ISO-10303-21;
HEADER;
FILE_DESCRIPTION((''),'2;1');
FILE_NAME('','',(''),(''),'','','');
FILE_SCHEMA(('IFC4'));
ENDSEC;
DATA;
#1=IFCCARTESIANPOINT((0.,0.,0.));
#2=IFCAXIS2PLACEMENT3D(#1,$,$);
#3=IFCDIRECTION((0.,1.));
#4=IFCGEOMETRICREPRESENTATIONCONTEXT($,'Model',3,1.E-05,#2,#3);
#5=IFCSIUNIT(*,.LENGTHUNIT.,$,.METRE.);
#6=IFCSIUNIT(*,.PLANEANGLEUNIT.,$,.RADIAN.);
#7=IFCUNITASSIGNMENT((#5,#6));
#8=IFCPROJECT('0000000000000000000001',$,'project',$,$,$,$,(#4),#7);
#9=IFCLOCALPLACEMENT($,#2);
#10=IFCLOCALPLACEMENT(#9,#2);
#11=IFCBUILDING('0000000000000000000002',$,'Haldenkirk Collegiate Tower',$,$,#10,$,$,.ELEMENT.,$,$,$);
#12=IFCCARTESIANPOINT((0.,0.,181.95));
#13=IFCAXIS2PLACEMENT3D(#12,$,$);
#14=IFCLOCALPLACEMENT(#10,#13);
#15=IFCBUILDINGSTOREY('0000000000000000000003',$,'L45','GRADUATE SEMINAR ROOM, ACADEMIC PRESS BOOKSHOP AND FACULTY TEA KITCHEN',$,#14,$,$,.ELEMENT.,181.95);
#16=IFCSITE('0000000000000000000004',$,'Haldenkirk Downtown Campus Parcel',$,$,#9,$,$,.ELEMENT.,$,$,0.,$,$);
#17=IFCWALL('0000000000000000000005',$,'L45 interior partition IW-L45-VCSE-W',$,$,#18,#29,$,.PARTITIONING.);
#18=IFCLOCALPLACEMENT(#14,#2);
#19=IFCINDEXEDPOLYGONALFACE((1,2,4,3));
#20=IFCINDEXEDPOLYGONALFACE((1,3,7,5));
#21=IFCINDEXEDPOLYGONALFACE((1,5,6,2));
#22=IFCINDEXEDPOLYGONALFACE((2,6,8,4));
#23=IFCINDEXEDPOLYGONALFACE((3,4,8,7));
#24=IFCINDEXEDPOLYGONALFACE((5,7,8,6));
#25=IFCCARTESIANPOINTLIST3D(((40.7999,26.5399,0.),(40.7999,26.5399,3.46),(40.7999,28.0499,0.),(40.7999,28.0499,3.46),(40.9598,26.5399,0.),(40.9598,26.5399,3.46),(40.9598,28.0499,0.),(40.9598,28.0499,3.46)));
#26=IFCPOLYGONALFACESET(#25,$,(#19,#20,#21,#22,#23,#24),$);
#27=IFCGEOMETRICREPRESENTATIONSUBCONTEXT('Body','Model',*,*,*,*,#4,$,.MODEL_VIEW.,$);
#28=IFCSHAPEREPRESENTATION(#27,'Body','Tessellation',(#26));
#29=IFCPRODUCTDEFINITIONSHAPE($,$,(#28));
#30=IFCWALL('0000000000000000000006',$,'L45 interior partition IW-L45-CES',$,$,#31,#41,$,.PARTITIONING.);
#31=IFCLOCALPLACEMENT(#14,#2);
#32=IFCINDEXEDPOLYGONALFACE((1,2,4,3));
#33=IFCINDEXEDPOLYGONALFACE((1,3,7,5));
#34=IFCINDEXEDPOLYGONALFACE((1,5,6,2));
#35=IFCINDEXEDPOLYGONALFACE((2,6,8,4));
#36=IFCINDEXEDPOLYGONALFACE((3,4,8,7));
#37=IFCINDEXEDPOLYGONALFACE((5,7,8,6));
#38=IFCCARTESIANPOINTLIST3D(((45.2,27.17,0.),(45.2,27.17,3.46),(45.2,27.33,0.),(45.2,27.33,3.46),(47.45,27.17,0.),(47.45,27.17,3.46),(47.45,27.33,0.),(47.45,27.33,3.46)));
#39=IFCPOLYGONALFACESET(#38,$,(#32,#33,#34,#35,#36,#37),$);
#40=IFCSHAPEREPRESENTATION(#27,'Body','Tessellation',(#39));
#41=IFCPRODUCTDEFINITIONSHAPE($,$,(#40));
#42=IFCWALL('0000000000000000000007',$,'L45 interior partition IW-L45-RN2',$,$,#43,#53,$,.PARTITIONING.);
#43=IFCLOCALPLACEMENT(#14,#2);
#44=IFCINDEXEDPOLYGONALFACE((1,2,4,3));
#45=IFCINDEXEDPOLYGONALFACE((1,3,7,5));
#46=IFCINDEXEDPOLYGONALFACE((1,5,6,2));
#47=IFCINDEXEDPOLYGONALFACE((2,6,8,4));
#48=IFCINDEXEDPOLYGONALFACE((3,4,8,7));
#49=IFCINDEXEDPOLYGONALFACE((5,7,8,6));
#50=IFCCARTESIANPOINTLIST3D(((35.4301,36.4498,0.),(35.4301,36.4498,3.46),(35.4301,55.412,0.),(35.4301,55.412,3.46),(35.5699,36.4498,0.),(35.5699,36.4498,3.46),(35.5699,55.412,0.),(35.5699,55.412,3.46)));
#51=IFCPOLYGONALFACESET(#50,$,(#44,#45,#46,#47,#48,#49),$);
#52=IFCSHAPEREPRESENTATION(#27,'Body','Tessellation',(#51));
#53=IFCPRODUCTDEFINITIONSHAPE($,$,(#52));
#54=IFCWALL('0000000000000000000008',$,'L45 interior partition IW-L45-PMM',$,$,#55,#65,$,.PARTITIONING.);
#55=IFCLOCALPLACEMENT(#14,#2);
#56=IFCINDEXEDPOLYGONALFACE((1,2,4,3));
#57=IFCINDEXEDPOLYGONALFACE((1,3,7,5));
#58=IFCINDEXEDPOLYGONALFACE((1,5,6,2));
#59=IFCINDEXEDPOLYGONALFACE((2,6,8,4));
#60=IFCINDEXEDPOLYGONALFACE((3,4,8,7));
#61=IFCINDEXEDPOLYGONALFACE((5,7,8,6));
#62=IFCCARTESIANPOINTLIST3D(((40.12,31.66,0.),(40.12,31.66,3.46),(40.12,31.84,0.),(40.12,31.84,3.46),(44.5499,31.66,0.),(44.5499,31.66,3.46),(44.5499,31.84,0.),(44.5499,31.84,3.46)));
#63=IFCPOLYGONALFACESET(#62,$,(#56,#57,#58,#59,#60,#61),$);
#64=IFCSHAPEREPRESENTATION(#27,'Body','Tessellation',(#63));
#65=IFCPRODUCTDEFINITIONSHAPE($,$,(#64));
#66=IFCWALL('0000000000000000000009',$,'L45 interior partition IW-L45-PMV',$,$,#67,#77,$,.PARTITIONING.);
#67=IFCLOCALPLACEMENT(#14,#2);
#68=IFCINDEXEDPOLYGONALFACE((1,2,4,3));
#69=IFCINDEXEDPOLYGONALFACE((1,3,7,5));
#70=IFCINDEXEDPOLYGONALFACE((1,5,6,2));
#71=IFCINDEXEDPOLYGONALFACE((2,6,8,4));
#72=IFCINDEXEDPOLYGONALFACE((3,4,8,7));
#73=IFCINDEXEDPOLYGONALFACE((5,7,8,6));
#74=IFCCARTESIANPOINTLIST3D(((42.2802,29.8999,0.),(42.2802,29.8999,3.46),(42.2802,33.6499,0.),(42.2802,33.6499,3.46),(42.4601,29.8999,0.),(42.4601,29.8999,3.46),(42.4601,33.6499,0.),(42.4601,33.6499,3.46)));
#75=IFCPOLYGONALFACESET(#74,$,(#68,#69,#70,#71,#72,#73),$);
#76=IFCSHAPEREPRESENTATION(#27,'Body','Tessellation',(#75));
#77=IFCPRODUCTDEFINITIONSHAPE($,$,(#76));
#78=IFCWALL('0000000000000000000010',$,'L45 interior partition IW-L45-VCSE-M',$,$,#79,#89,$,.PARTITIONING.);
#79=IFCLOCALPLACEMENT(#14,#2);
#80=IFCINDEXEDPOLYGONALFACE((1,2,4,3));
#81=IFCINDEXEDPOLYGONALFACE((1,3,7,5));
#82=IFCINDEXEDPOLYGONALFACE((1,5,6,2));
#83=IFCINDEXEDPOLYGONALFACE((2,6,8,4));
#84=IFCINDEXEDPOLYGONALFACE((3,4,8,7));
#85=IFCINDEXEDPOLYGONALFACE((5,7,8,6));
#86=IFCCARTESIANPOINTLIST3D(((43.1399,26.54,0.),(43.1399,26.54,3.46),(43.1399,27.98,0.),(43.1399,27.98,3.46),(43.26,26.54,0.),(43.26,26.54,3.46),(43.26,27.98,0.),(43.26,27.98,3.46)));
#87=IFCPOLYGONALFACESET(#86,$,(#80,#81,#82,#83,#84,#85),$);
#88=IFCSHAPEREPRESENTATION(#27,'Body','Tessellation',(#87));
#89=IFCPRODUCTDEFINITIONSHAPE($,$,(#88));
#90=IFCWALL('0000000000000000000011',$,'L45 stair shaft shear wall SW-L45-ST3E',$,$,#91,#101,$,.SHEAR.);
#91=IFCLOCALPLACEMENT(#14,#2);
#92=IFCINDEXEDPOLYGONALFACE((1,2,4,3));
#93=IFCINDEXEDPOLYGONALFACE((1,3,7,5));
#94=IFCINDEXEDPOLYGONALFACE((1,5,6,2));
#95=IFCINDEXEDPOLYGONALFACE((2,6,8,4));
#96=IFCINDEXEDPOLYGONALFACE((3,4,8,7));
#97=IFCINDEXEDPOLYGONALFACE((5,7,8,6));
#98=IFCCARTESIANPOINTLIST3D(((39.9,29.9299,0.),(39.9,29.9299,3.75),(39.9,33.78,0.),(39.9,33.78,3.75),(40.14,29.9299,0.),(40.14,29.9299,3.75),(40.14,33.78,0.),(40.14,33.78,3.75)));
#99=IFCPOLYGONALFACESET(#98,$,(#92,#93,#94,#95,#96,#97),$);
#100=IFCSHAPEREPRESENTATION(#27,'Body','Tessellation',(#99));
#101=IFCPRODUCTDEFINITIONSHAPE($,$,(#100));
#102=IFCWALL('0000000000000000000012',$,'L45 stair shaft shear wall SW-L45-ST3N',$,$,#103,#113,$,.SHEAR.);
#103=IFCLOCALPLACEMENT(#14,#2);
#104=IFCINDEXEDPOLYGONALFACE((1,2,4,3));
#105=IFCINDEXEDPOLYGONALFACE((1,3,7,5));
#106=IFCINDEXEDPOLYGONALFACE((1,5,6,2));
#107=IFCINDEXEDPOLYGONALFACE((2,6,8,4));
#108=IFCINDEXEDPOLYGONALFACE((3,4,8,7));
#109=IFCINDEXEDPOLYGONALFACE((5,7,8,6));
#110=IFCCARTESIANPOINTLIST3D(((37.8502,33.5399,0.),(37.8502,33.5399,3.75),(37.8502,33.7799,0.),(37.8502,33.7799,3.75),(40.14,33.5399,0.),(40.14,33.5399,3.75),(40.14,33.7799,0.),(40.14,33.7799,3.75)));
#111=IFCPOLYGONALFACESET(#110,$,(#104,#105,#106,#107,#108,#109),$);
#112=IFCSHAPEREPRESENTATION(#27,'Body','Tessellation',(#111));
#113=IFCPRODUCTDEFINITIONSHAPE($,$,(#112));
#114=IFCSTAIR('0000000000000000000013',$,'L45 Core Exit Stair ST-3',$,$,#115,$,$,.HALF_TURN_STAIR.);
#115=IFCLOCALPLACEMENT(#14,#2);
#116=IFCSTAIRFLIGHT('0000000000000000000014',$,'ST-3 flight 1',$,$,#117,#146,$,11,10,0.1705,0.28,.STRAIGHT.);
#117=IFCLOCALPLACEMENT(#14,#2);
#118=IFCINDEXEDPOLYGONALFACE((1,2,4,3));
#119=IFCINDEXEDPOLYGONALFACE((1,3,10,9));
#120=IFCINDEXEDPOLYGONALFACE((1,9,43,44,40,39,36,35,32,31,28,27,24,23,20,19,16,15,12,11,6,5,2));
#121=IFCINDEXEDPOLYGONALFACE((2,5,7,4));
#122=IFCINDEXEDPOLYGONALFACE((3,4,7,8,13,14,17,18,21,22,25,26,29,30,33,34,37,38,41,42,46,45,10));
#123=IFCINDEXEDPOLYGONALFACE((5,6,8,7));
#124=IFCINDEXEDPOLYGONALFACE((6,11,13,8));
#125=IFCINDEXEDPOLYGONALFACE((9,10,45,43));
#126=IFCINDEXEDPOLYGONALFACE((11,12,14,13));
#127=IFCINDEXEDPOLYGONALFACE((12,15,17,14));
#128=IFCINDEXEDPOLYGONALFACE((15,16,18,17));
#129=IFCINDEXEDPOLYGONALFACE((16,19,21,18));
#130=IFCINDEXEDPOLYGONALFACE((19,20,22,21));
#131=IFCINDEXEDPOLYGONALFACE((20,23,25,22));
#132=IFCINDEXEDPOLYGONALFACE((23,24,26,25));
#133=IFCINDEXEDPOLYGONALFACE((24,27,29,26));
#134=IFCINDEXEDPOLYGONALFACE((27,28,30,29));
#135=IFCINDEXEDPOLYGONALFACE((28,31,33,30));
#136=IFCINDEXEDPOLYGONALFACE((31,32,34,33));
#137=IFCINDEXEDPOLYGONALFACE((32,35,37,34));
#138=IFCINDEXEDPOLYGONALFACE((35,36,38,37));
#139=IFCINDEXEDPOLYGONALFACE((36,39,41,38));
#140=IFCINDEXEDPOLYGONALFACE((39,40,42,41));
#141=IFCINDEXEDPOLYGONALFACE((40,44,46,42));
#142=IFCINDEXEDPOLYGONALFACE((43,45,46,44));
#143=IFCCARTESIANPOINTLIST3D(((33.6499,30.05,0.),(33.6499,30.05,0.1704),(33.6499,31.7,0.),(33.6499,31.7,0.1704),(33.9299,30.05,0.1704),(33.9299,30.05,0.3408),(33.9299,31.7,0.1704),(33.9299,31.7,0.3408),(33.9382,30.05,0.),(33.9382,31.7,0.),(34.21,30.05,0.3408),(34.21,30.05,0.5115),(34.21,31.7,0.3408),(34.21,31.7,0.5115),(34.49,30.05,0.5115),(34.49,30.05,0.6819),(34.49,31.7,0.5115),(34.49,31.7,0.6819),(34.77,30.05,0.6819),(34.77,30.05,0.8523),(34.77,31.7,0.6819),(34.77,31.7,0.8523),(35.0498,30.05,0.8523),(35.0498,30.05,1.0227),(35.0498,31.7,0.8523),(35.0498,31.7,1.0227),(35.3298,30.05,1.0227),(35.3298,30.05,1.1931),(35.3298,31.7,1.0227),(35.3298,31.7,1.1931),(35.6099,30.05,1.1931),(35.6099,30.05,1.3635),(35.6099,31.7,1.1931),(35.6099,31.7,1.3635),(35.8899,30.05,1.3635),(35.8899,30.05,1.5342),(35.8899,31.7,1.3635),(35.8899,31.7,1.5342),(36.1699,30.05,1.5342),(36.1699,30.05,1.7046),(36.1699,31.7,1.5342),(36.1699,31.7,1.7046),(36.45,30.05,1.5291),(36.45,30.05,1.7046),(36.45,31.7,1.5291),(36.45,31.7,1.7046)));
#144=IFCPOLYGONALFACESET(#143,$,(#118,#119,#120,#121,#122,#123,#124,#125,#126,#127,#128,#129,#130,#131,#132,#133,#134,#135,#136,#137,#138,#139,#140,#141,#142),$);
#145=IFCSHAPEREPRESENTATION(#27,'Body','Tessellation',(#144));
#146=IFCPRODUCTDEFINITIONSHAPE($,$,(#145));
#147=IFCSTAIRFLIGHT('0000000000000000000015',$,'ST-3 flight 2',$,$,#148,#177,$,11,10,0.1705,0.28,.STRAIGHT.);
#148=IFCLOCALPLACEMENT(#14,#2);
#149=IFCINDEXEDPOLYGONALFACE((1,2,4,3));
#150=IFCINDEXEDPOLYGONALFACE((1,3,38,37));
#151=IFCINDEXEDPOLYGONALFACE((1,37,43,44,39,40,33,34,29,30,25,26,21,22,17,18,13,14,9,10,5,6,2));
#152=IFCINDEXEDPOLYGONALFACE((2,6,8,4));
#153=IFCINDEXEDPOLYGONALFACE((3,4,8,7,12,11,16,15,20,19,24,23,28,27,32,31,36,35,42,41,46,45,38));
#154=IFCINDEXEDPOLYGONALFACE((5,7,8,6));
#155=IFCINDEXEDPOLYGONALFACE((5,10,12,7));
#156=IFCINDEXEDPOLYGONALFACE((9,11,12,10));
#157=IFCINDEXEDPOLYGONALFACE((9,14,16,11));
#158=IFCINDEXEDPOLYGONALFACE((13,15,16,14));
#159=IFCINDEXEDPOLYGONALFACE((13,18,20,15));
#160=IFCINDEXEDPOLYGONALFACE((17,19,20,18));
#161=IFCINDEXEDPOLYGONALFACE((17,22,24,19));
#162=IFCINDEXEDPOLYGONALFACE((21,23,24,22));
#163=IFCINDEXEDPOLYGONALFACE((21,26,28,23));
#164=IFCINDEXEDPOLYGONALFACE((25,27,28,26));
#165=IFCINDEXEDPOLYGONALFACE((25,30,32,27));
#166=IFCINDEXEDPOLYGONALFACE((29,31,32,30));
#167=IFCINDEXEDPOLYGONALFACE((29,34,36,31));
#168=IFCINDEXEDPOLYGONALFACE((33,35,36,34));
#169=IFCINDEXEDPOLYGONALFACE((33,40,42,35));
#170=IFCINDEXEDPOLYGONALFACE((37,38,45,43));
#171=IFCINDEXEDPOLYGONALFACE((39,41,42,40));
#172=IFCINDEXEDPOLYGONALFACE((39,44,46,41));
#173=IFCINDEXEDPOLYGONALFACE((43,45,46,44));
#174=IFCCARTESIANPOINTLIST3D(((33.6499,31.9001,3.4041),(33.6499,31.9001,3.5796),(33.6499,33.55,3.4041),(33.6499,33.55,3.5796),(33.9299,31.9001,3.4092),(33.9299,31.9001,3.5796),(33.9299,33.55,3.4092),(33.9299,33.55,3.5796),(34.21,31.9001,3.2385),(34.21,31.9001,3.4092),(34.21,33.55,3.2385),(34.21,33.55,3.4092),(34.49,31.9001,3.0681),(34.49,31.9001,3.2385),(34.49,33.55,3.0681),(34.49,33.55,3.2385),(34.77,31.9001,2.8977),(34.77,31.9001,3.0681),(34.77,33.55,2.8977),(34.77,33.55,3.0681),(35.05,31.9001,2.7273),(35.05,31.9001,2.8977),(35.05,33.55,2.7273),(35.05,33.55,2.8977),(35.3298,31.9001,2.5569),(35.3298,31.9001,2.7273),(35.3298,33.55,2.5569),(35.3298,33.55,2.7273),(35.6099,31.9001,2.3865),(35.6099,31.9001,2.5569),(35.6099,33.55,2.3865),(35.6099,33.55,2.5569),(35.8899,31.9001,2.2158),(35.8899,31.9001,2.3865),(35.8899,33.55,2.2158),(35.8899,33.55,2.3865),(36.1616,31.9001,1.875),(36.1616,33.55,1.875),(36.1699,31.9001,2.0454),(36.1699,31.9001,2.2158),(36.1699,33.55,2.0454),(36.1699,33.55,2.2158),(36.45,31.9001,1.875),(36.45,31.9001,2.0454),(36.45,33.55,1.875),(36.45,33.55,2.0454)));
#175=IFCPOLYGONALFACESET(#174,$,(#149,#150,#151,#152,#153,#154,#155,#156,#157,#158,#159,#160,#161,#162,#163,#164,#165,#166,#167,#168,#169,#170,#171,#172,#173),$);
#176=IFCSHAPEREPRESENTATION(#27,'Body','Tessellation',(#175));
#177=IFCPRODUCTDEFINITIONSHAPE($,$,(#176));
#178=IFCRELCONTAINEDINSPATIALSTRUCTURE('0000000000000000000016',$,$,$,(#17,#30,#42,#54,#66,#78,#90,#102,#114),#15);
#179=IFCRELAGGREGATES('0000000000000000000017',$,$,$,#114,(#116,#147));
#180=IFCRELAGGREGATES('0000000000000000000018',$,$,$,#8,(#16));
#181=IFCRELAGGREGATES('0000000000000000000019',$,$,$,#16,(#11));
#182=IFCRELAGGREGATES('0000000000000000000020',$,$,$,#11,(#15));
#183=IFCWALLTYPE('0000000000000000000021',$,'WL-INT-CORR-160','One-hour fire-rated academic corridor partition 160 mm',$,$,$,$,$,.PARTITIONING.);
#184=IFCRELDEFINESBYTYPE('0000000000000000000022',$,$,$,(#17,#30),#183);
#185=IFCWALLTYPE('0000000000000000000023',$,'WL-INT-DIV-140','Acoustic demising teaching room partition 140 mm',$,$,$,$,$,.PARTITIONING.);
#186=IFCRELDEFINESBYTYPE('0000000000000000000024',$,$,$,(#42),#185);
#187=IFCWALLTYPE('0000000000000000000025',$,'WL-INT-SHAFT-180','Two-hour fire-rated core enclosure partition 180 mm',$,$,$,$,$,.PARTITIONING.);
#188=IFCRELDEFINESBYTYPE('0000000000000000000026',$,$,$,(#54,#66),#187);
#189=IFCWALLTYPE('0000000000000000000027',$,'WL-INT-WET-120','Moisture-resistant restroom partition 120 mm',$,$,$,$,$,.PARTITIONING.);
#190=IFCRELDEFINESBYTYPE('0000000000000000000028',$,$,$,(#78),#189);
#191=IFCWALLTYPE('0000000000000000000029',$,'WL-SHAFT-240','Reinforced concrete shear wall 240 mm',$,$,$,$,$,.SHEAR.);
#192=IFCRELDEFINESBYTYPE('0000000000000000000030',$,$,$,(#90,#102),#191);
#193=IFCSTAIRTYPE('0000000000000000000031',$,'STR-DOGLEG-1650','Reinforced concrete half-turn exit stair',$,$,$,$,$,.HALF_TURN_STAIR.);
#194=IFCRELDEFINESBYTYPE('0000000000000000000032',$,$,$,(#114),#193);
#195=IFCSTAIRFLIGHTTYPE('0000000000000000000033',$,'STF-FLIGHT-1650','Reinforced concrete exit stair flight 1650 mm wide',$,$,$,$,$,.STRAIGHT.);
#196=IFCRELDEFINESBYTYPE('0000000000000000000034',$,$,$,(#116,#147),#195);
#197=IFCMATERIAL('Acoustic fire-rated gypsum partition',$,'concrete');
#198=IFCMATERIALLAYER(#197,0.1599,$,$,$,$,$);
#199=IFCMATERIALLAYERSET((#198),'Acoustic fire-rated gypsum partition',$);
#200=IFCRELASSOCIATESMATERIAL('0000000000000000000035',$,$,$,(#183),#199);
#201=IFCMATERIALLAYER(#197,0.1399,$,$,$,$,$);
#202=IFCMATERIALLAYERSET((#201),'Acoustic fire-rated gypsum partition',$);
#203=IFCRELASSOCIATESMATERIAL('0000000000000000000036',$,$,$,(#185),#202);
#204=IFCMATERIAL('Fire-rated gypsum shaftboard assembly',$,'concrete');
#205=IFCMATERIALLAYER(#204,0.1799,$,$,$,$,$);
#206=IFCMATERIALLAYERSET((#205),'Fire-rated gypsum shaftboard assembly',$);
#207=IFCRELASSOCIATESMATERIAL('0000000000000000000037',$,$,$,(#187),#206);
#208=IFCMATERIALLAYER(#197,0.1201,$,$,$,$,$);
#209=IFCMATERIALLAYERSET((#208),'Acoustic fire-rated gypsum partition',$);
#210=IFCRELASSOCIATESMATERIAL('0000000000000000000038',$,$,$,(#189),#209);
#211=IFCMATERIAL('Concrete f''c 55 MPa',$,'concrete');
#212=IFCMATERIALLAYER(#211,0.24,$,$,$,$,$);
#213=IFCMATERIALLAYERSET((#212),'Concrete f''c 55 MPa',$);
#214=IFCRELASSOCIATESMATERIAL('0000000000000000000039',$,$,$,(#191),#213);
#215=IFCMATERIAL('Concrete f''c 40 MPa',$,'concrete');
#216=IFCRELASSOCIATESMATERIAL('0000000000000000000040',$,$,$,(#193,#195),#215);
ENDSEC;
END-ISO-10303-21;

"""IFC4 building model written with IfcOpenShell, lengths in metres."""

from ifc_helpers import new_model, si_unit, direction, frame, frame_2d, origin, place, context, subcontext, project, spatial, polyline, rectangle, outline, extrude, material, layer, layer_set, type_object, element, aggregate, save


model = new_model("IFC4")

# Units and contexts
model_context = context("Model", 3, precision=1e-05, world=origin(), true_north=direction((0.0, 1.0)))
body_context = subcontext(model_context, "Body", "Model", "MODEL_VIEW")
ifc_project = project(units=[si_unit("LENGTHUNIT", "METRE"), si_unit("PLANEANGLEUNIT", "RADIAN")], contexts=[model_context])

# Site, building, storey
site_placement = place(None, origin())
site = spatial("IfcSite", under=ifc_project, at=site_placement, Name="Haldenkirk Downtown Campus Parcel", CompositionType="ELEMENT", RefElevation=0.0)
building_placement = place(site_placement, origin())
building = spatial("IfcBuilding", under=site, at=building_placement, Name="Haldenkirk Collegiate Tower", CompositionType="ELEMENT")
storey_placement = place(building_placement, frame((0.0, 0.0, 181.95)))
storey = spatial("IfcBuildingStorey", under=building, at=storey_placement, Name="L45", Description="GRADUATE SEMINAR ROOM, ACADEMIC PRESS BOOKSHOP AND FACULTY TEA KITCHEN", CompositionType="ELEMENT", Elevation=181.95)

# Shared definitions
ifc_material_1 = material(Name="Acoustic fire-rated gypsum partition", Category="concrete")
ifc_layer_1 = layer(ifc_material_1, 0.1599)
ifc_layer_set_1 = layer_set([ifc_layer_1], Name="Acoustic fire-rated gypsum partition")
wall_type_1 = type_object("IfcWallType", Name="WL-INT-CORR-160", Description="One-hour fire-rated academic corridor partition 160 mm", PredefinedType="PARTITIONING", material=ifc_layer_set_1)

# Walls
wall_1_placement = place(storey_placement, frame((40.8799, 26.54, 0.0), z_axis=(0.0, 0.0, 1.0), x_axis=(0.0, 1.0, 0.0)))
element("IfcWall", 1, at=wall_1_placement, inside=storey, type_object=wall_type_1, Name="L45 interior partition IW-L45-VCSE-W", PredefinedType="PARTITIONING", context=body_context, shape_type="SweptSolid", body=[
    extrude(rectangle(XDim=1.51, YDim=0.1599, at=frame_2d((0.7549, 0.0))), origin(), (0.0, 0.0, 1.0), 3.46),
])
wall_2_placement = place(storey_placement, frame((45.2, 27.25, 0.0), z_axis=(0.0, 0.0, 1.0), x_axis=(1.0, 0.0, 0.0)))
element("IfcWall", 2, at=wall_2_placement, inside=storey, type_object=wall_type_1, Name="L45 interior partition IW-L45-CES", PredefinedType="PARTITIONING", context=body_context, shape_type="SweptSolid", body=[
    extrude(rectangle(XDim=2.25, YDim=0.1599, at=frame_2d((1.125, 0.0))), origin(), (0.0, 0.0, 1.0), 3.46),
])
ifc_layer_2 = layer(ifc_material_1, 0.1399)
ifc_layer_set_2 = layer_set([ifc_layer_2], Name="Acoustic fire-rated gypsum partition")
wall_type_2 = type_object("IfcWallType", Name="WL-INT-DIV-140", Description="Acoustic demising teaching room partition 140 mm", PredefinedType="PARTITIONING", material=ifc_layer_set_2)
wall_3_placement = place(storey_placement, frame((35.5, 36.45, 0.0), z_axis=(0.0, 0.0, 1.0), x_axis=(0.0, 1.0, 0.0)))
element("IfcWall", 3, at=wall_3_placement, inside=storey, type_object=wall_type_2, Name="L45 interior partition IW-L45-RN2", PredefinedType="PARTITIONING", context=body_context, shape_type="SweptSolid", body=[
    extrude(rectangle(XDim=18.9622, YDim=0.1399, at=frame_2d((9.481, 0.0))), origin(), (0.0, 0.0, 1.0), 3.46),
])

# Shared definitions
ifc_material_2 = material(Name="Fire-rated gypsum shaftboard assembly", Category="concrete")
ifc_layer_3 = layer(ifc_material_2, 0.1799)
ifc_layer_set_3 = layer_set([ifc_layer_3], Name="Fire-rated gypsum shaftboard assembly")
wall_type_3 = type_object("IfcWallType", Name="WL-INT-SHAFT-180", Description="Two-hour fire-rated core enclosure partition 180 mm", PredefinedType="PARTITIONING", material=ifc_layer_set_3)

# Walls
wall_4_placement = place(storey_placement, frame((40.1201, 31.75, 0.0), z_axis=(0.0, 0.0, 1.0), x_axis=(1.0, 0.0, 0.0)))
element("IfcWall", 4, at=wall_4_placement, inside=storey, type_object=wall_type_3, Name="L45 interior partition IW-L45-PMM", PredefinedType="PARTITIONING", context=body_context, shape_type="SweptSolid", body=[
    extrude(rectangle(XDim=4.4299, YDim=0.1799, at=frame_2d((2.2148, 0.0))), origin(), (0.0, 0.0, 1.0), 3.46),
])
wall_5_placement = place(storey_placement, frame((42.3701, 29.8999, 0.0), z_axis=(0.0, 0.0, 1.0), x_axis=(0.0, 1.0, 0.0)))
element("IfcWall", 5, at=wall_5_placement, inside=storey, type_object=wall_type_3, Name="L45 interior partition IW-L45-PMV", PredefinedType="PARTITIONING", context=body_context, shape_type="SweptSolid", body=[
    extrude(rectangle(XDim=3.75, YDim=0.1799, at=frame_2d((1.875, 0.0))), origin(), (0.0, 0.0, 1.0), 3.46),
])
ifc_layer_4 = layer(ifc_material_1, 0.1201)
ifc_layer_set_4 = layer_set([ifc_layer_4], Name="Acoustic fire-rated gypsum partition")
wall_type_4 = type_object("IfcWallType", Name="WL-INT-WET-120", Description="Moisture-resistant restroom partition 120 mm", PredefinedType="PARTITIONING", material=ifc_layer_set_4)
wall_6_placement = place(storey_placement, frame((43.2, 26.54, 0.0), z_axis=(0.0, 0.0, 1.0), x_axis=(0.0, 1.0, 0.0)))
element("IfcWall", 6, at=wall_6_placement, inside=storey, type_object=wall_type_4, Name="L45 interior partition IW-L45-VCSE-M", PredefinedType="PARTITIONING", context=body_context, shape_type="SweptSolid", body=[
    extrude(rectangle(XDim=1.4399, YDim=0.1201, at=frame_2d((0.72, 0.0))), origin(), (0.0, 0.0, 1.0), 3.46),
])
ifc_material_3 = material(Name="Concrete f'c 55 MPa", Category="concrete")
ifc_layer_5 = layer(ifc_material_3, 0.24)
ifc_layer_set_5 = layer_set([ifc_layer_5], Name="Concrete f'c 55 MPa")
wall_type_5 = type_object("IfcWallType", Name="WL-SHAFT-240", Description="Reinforced concrete shear wall 240 mm", PredefinedType="SHEAR", material=ifc_layer_set_5)
wall_7_placement = place(storey_placement, frame((40.02, 29.9299, 0.0), z_axis=(0.0, 0.0, 1.0), x_axis=(0.0, 1.0, 0.0)))
element("IfcWall", 7, at=wall_7_placement, inside=storey, type_object=wall_type_5, Name="L45 stair shaft shear wall SW-L45-ST3E", PredefinedType="SHEAR", context=body_context, shape_type="SweptSolid", body=[
    extrude(rectangle(XDim=3.8501, YDim=0.24, at=frame_2d((1.925, 0.0))), origin(), (0.0, 0.0, 1.0), 3.75),
])
wall_8_placement = place(storey_placement, frame((37.8501, 33.6599, 0.0), z_axis=(0.0, 0.0, 1.0), x_axis=(1.0, 0.0, 0.0)))
element("IfcWall", 8, at=wall_8_placement, inside=storey, type_object=wall_type_5, Name="L45 stair shaft shear wall SW-L45-ST3N", PredefinedType="SHEAR", context=body_context, shape_type="SweptSolid", body=[
    extrude(rectangle(XDim=2.2898, YDim=0.24, at=frame_2d((1.145, 0.0))), origin(), (0.0, 0.0, 1.0), 3.75),
])

# Stair, stair flights
ifc_material_4 = material(Name="Concrete f'c 40 MPa", Category="concrete")
stair_type = type_object("IfcStairType", Name="STR-DOGLEG-1650", Description="Reinforced concrete half-turn exit stair", PredefinedType="HALF_TURN_STAIR", material=ifc_material_4)
stair_placement = place(storey_placement, origin())
stair = element("IfcStair", 9, at=stair_placement, inside=storey, type_object=stair_type, Name="L45 Core Exit Stair ST-3", PredefinedType="HALF_TURN_STAIR")
stair_flight_type = type_object("IfcStairFlightType", Name="STF-FLIGHT-1650", Description="Reinforced concrete exit stair flight 1650 mm wide", PredefinedType="STRAIGHT", material=ifc_material_4)
stair_flight_1_placement = place(storey_placement, frame((33.6499, 30.875, 0.0), z_axis=(0.0, 0.0, 1.0), x_axis=(1.0, 0.0, 0.0)))
stair_flight_1 = element("IfcStairFlight", 10, at=stair_flight_1_placement, type_object=stair_flight_type, Name="ST-3 flight 1", NumberOfRisers=11, NumberOfTreads=10, PredefinedType="STRAIGHT", RiserHeight=0.1705, TreadLength=0.28, context=body_context, shape_type="SweptSolid", body=[
    extrude(outline(polyline([(0.0, 0.0), (0.0, 0.1704), (0.28, 0.1704), (0.28, 0.3408), (0.5601, 0.3408), (0.5601, 0.5115), (0.8401, 0.5115), (0.8401, 0.6819), (1.1201, 0.6819), (1.1201, 0.8523), (1.3999, 0.8523), (1.3999, 1.0227), (1.6799, 1.0227), (1.6799, 1.1931), (1.96, 1.1931), (1.96, 1.3635), (2.24, 1.3635), (2.24, 1.5342), (2.52, 1.5342), (2.52, 1.7046), (2.8, 1.7046), (2.8, 1.875), (2.8, 1.5291), (0.2883, 0.0), (0.0, 0.0)])), frame((0.0, 0.825, 0.0), z_axis=(0.0, -1.0, 0.0), x_axis=(1.0, 0.0, 0.0)), (0.0, 0.0, 1.0), 1.6499),
])
stair_flight_2_placement = place(storey_placement, frame((36.45, 32.7251, 1.875), z_axis=(0.0, 0.0, 1.0), x_axis=(-1.0, 0.0, 0.0)))
stair_flight_2 = element("IfcStairFlight", 11, at=stair_flight_2_placement, type_object=stair_flight_type, Name="ST-3 flight 2", NumberOfRisers=11, NumberOfTreads=10, PredefinedType="STRAIGHT", RiserHeight=0.1705, TreadLength=0.28, context=body_context, shape_type="SweptSolid", body=[
    extrude(outline(polyline([(0.0, 0.0), (0.0, 0.1704), (0.28, 0.1704), (0.28, 0.3408), (0.5601, 0.3408), (0.5601, 0.5115), (0.8401, 0.5115), (0.8401, 0.6819), (1.1201, 0.6819), (1.1201, 0.8523), (1.3999, 0.8523), (1.3999, 1.0227), (1.6799, 1.0227), (1.6799, 1.1931), (1.96, 1.1931), (1.96, 1.3635), (2.24, 1.3635), (2.24, 1.5342), (2.52, 1.5342), (2.52, 1.7046), (2.8, 1.7046), (2.8, 1.875), (2.8, 1.5291), (0.2883, 0.0), (0.0, 0.0)])), frame((0.0, 0.825, 0.0), z_axis=(0.0, -1.0, 0.0), x_axis=(1.0, 0.0, 0.0)), (0.0, 0.0, 1.0), 1.6499),
])
aggregate(stair, [stair_flight_1, stair_flight_2])

save(model, "model.ifc")
